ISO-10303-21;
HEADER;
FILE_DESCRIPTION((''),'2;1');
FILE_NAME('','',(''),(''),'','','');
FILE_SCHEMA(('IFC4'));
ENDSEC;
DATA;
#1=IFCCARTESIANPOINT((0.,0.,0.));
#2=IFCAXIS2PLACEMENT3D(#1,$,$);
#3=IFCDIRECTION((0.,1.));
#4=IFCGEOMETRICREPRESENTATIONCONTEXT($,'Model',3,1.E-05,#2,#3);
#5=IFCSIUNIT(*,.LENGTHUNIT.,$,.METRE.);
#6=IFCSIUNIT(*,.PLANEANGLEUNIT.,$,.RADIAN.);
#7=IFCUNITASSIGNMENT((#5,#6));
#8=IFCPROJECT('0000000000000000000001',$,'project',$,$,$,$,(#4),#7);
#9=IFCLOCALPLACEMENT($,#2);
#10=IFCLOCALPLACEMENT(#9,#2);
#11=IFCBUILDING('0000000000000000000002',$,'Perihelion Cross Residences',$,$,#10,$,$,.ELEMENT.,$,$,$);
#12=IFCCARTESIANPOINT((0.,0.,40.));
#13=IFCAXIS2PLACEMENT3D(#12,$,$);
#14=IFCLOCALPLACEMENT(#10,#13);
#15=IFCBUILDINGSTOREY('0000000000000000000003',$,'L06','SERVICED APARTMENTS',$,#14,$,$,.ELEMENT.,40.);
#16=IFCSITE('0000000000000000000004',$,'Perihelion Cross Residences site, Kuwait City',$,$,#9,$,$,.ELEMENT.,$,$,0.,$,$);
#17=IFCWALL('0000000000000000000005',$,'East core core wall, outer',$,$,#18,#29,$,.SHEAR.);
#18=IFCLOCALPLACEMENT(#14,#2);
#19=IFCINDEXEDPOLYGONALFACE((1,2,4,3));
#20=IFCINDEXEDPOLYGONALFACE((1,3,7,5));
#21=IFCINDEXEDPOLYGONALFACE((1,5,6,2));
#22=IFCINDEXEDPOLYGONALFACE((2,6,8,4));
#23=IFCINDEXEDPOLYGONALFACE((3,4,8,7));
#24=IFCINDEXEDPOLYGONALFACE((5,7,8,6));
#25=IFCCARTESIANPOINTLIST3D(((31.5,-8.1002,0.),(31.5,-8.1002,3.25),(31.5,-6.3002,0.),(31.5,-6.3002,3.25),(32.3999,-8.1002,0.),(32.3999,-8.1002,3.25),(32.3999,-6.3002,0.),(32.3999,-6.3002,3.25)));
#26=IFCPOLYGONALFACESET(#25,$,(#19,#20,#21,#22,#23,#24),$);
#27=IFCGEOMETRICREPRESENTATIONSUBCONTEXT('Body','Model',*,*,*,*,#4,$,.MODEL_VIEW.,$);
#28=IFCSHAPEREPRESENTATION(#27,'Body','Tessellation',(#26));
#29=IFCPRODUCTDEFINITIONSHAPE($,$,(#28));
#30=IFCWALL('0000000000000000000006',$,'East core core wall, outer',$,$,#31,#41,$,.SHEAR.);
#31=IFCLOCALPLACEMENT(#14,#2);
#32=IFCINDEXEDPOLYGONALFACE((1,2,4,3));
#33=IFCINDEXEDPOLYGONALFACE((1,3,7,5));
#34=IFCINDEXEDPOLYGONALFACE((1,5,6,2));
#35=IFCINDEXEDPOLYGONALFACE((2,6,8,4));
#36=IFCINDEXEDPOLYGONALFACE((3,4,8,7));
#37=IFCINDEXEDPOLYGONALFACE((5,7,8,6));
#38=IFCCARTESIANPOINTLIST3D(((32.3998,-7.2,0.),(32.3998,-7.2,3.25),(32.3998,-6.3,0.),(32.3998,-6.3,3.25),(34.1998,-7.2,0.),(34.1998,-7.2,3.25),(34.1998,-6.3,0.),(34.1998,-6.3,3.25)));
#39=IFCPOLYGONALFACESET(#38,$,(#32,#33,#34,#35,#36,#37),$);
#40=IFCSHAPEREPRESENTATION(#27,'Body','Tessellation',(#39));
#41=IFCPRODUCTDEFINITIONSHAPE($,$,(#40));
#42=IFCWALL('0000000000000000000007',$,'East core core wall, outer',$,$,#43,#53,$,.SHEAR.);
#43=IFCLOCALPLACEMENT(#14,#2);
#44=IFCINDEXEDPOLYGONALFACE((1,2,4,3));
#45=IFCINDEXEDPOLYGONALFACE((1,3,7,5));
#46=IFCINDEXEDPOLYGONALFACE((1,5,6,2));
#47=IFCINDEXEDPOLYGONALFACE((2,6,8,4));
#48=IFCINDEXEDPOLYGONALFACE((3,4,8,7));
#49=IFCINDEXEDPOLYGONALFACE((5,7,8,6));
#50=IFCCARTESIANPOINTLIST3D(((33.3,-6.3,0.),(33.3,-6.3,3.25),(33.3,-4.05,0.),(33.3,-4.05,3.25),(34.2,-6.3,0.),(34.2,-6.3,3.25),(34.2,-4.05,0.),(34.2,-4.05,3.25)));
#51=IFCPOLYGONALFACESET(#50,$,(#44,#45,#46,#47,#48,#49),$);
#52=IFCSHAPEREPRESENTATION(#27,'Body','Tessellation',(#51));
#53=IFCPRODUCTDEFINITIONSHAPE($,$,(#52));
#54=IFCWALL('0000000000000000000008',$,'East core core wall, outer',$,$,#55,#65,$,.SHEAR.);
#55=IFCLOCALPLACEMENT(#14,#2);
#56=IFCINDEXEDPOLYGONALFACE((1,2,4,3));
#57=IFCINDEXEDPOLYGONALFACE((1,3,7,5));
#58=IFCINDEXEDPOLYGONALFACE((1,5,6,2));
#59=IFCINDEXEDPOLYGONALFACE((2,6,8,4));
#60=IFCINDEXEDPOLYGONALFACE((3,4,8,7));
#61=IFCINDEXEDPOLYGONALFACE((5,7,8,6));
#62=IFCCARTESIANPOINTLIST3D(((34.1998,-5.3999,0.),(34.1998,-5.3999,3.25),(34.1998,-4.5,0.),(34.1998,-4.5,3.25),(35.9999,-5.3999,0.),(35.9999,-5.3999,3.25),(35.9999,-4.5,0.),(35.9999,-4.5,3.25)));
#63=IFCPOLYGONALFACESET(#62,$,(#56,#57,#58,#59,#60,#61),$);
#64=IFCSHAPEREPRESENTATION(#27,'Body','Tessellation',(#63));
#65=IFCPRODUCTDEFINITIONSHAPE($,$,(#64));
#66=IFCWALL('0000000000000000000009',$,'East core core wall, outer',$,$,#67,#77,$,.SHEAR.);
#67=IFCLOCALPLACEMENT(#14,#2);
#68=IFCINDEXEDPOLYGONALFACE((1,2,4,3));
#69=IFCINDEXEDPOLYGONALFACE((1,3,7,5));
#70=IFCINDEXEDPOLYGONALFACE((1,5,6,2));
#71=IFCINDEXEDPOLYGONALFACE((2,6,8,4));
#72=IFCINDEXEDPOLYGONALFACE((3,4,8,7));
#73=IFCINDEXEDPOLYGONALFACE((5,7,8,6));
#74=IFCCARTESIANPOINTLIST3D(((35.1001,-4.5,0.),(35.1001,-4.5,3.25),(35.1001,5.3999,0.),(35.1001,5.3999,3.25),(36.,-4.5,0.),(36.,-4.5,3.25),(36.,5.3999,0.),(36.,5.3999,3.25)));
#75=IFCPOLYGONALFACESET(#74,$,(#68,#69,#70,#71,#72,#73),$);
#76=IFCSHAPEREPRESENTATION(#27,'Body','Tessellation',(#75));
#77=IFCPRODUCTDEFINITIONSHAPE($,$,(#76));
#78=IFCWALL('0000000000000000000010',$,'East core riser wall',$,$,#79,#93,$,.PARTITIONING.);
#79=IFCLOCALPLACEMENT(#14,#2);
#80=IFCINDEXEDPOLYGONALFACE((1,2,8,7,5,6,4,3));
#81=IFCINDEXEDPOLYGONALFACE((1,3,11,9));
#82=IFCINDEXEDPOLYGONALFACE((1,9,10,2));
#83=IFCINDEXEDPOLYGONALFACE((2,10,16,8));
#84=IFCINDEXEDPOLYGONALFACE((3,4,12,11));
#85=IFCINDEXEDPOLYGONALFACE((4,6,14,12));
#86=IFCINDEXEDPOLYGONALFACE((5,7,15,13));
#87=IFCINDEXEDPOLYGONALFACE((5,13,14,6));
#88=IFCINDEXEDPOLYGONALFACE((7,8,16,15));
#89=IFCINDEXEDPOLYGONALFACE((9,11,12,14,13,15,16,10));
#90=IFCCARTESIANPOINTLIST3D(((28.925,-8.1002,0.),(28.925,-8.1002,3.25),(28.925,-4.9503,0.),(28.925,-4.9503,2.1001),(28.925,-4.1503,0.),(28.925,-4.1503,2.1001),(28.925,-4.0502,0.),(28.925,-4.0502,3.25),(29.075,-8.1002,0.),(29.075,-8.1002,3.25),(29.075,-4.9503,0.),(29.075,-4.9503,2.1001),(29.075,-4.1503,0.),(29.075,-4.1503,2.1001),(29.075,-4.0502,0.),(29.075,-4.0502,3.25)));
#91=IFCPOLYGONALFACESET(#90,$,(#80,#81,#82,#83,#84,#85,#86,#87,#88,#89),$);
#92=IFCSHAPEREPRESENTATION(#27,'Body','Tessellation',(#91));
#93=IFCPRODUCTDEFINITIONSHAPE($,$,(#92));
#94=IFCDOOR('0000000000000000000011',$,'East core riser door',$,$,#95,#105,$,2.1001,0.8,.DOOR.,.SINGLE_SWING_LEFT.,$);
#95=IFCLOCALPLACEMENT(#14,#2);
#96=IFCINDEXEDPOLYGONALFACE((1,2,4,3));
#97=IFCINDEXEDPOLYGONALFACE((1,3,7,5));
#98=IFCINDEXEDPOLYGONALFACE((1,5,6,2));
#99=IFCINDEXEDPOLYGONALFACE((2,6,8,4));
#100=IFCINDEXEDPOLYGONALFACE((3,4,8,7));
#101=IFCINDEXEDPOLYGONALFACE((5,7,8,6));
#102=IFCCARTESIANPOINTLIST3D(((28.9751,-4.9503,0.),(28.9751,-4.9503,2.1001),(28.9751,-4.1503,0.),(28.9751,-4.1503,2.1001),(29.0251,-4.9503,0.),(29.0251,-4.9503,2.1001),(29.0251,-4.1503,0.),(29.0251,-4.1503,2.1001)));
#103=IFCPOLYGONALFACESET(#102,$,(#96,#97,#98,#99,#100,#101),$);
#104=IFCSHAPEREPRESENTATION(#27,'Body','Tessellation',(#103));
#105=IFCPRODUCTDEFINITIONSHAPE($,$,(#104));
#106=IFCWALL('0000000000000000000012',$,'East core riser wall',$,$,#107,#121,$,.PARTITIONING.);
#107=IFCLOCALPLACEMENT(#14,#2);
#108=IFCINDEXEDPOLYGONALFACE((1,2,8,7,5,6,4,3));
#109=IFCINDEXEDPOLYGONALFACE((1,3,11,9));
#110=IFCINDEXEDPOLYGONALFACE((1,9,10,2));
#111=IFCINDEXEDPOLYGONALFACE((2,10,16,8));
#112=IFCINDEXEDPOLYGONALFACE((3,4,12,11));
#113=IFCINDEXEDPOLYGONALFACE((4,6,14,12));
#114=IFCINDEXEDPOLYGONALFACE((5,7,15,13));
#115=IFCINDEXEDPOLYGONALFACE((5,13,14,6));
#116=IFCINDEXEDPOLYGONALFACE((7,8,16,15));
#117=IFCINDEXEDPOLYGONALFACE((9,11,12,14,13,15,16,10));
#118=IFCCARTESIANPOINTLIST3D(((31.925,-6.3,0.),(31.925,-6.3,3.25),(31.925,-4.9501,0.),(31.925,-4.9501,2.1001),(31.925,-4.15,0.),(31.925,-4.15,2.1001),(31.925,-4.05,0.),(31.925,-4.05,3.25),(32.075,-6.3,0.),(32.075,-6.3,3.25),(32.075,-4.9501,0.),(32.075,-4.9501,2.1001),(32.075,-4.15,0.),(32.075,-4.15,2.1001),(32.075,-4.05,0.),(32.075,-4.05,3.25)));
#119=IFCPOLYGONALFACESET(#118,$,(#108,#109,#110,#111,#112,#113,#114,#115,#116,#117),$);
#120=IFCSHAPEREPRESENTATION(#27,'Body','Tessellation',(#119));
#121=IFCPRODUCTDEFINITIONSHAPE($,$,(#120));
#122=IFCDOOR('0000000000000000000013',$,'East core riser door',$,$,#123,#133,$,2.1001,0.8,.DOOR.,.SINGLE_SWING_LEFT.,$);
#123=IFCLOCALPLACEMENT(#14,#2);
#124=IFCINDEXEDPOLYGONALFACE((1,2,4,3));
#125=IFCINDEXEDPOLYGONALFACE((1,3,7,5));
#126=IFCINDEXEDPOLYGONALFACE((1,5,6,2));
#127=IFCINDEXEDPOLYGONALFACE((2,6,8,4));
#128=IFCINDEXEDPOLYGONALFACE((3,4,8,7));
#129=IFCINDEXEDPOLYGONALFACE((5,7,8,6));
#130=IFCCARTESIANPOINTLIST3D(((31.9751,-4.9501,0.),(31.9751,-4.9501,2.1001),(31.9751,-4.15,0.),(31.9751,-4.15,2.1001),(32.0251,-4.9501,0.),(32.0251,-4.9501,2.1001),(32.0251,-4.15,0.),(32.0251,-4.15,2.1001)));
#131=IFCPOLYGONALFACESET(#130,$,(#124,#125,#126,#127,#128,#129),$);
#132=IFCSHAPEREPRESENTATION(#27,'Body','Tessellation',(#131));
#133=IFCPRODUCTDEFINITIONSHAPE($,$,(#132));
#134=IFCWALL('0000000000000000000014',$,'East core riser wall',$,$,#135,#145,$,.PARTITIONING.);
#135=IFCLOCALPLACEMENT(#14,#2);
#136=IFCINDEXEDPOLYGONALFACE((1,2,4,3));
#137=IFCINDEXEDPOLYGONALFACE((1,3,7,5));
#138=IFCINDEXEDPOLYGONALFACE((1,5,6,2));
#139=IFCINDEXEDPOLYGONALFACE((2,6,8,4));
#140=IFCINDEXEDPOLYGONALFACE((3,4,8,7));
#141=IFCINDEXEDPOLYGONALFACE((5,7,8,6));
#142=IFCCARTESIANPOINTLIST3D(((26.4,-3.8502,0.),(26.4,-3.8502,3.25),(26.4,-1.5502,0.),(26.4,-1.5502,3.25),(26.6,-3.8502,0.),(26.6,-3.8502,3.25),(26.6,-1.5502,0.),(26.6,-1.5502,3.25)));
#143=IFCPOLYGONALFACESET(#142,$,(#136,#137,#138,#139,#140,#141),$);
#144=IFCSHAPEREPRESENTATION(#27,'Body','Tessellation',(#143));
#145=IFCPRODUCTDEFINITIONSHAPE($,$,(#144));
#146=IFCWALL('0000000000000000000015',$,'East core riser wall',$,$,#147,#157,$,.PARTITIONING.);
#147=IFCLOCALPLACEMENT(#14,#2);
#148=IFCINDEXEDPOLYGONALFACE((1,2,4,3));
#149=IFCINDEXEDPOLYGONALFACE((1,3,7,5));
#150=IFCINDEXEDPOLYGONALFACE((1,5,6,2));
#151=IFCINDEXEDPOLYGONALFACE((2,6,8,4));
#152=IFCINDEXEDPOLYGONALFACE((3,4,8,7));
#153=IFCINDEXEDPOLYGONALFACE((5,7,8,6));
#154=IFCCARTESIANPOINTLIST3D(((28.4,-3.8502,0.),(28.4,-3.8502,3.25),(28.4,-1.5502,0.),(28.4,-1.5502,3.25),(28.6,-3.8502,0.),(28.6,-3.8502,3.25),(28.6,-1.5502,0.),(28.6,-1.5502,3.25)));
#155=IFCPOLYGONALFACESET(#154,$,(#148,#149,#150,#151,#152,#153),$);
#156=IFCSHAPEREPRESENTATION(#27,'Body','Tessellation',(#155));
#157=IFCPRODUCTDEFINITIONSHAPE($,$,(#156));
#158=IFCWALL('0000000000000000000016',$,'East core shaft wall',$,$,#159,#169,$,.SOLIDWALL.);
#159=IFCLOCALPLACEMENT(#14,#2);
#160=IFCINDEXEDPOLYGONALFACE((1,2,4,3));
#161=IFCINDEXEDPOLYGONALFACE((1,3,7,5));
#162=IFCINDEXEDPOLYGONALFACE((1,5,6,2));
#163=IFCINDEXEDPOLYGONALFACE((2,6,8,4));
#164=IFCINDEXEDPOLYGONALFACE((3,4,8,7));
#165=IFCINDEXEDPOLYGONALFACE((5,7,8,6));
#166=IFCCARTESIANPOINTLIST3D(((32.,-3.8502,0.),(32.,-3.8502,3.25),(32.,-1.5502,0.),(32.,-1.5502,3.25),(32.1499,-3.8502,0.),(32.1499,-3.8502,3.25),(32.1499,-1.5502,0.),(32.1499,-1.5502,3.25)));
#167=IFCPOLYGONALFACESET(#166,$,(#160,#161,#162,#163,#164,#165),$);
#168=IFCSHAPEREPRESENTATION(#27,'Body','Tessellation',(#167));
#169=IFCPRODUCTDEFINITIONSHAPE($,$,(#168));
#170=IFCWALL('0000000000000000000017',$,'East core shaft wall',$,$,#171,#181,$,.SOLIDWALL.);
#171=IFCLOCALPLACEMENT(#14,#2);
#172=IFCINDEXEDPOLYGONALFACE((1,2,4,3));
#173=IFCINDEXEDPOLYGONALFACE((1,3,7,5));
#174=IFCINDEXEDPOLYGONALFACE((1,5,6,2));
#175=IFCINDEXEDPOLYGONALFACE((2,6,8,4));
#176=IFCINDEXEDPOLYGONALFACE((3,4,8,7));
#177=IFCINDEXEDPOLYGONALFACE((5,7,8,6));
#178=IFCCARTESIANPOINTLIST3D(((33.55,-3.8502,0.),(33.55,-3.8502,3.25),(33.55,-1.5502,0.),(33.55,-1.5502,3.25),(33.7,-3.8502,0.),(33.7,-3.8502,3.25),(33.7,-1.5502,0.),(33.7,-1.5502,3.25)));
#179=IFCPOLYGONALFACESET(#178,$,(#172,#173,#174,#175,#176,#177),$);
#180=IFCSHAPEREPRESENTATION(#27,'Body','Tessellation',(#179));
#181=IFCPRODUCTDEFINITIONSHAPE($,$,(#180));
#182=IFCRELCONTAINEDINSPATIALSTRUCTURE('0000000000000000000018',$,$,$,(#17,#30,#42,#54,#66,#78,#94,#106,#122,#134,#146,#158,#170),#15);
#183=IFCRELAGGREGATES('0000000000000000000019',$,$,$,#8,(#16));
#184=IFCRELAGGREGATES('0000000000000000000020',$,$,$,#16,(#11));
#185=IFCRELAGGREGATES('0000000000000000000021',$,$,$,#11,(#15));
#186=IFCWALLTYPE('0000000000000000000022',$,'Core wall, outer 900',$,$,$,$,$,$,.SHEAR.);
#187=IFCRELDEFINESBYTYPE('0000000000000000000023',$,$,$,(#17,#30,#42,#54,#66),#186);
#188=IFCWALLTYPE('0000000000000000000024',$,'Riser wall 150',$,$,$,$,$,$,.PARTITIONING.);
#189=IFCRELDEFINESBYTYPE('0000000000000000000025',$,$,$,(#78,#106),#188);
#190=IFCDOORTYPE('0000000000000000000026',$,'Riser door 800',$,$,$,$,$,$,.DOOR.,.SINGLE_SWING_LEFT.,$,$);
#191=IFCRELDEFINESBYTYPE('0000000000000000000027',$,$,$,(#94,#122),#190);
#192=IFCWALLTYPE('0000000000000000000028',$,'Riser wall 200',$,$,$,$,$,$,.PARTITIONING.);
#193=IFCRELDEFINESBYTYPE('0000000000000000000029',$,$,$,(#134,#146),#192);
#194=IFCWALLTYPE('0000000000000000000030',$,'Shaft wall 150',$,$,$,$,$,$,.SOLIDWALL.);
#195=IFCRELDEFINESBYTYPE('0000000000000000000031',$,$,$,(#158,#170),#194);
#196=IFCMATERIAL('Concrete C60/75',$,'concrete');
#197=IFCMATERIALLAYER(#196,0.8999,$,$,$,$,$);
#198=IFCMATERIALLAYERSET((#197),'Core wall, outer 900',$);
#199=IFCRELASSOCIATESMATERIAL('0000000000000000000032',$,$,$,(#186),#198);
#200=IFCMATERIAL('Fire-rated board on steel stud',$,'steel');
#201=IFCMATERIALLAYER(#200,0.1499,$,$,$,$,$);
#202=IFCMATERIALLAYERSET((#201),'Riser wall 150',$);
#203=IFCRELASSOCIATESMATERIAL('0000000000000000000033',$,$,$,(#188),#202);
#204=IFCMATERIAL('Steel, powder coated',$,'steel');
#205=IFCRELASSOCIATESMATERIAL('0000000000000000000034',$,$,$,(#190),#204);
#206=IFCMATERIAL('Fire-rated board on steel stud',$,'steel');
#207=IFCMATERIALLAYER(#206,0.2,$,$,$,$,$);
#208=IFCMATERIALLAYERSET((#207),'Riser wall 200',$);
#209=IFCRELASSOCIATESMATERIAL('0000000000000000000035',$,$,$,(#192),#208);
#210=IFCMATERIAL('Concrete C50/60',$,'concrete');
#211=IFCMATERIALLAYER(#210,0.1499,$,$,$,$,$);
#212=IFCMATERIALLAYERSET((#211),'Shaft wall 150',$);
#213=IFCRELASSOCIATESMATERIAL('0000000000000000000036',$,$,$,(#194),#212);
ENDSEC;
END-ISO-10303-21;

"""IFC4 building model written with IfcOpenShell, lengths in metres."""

from ifc_helpers import new_model, si_unit, direction, frame, frame_2d, origin, place, context, subcontext, project, spatial, rectangle, extrude, material, layer, layer_set, type_object, element, fill, save


model = new_model("IFC4")

# Units and contexts
model_context = context("Model", 3, precision=1e-05, world=origin(), true_north=direction((0.0, 1.0)))
body_context = subcontext(model_context, "Body", "Model", "MODEL_VIEW")
ifc_project = project(units=[si_unit("LENGTHUNIT", "METRE"), si_unit("PLANEANGLEUNIT", "RADIAN")], contexts=[model_context])

# Site, building, storey
site_placement = place(None, origin())
site = spatial("IfcSite", under=ifc_project, at=site_placement, Name="Perihelion Cross Residences site, Kuwait City", CompositionType="ELEMENT", RefElevation=0.0)
building_placement = place(site_placement, origin())
building = spatial("IfcBuilding", under=site, at=building_placement, Name="Perihelion Cross Residences", CompositionType="ELEMENT")
storey_placement = place(building_placement, frame((0.0, 0.0, 40.0)))
storey = spatial("IfcBuildingStorey", under=building, at=storey_placement, Name="L06", Description="SERVICED APARTMENTS", CompositionType="ELEMENT", Elevation=40.0)

# Walls
ifc_material_1 = material(Name="Concrete C60/75", Category="concrete")
ifc_layer_1 = layer(ifc_material_1, 0.8999)
ifc_layer_set_1 = layer_set([ifc_layer_1], Name="Core wall, outer 900")
wall_type_1 = type_object("IfcWallType", Name="Core wall, outer 900", PredefinedType="SHEAR", material=ifc_layer_set_1)
for number, where, z_axis, x_axis, name in (
    (1, (31.95, -8.1001, 0.0), (0.0, 0.0, 1.0), (0.0, 1.0, 0.0), "East core core wall, outer"),
    (2, (32.3999, -6.75, 0.0), (0.0, 0.0, 1.0), (1.0, 0.0, 0.0), "East core core wall, outer"),
):
    element("IfcWall", number, at=place(storey_placement, frame(where, z_axis=z_axis, x_axis=x_axis)), inside=storey, type_object=wall_type_1, Name=name, PredefinedType="SHEAR", context=body_context, shape_type="SweptSolid", body=[
        extrude(rectangle(XDim=1.8, YDim=0.8999, at=frame_2d((0.8999, 0.0))), origin(), (0.0, 0.0, 1.0), 3.25),
    ])
wall_1_placement = place(storey_placement, frame((33.75, -6.3, 0.0), z_axis=(0.0, 0.0, 1.0), x_axis=(0.0, 1.0, 0.0)))
element("IfcWall", 3, at=wall_1_placement, inside=storey, type_object=wall_type_1, Name="East core core wall, outer", PredefinedType="SHEAR", context=body_context, shape_type="SweptSolid", body=[
    extrude(rectangle(XDim=2.25, YDim=0.8999, at=frame_2d((1.125, 0.0))), origin(), (0.0, 0.0, 1.0), 3.25),
])
wall_2_placement = place(storey_placement, frame((34.2, -4.95, 0.0), z_axis=(0.0, 0.0, 1.0), x_axis=(1.0, 0.0, 0.0)))
element("IfcWall", 4, at=wall_2_placement, inside=storey, type_object=wall_type_1, Name="East core core wall, outer", PredefinedType="SHEAR", context=body_context, shape_type="SweptSolid", body=[
    extrude(rectangle(XDim=1.8, YDim=0.8999, at=frame_2d((0.8999, 0.0))), origin(), (0.0, 0.0, 1.0), 3.25),
])
wall_3_placement = place(storey_placement, frame((35.55, -4.5, 0.0), z_axis=(0.0, 0.0, 1.0), x_axis=(0.0, 1.0, 0.0)))
element("IfcWall", 5, at=wall_3_placement, inside=storey, type_object=wall_type_1, Name="East core core wall, outer", PredefinedType="SHEAR", context=body_context, shape_type="SweptSolid", body=[
    extrude(rectangle(XDim=9.8999, YDim=0.8999, at=frame_2d((4.95, 0.0))), origin(), (0.0, 0.0, 1.0), 3.25),
])

# Walls, openings, doors
ifc_material_2 = material(Name="Fire-rated board on steel stud", Category="steel")
ifc_layer_2 = layer(ifc_material_2, 0.1499)
ifc_layer_set_2 = layer_set([ifc_layer_2], Name="Riser wall 150")
wall_type_2 = type_object("IfcWallType", Name="Riser wall 150", PredefinedType="PARTITIONING", material=ifc_layer_set_2)
wall_4_placement = place(storey_placement, frame((29.0, -8.1001, 0.0), z_axis=(0.0, 0.0, 1.0), x_axis=(0.0, 1.0, 0.0)))
wall_4 = element("IfcWall", 6, at=wall_4_placement, inside=storey, type_object=wall_type_2, Name="East core riser wall", PredefinedType="PARTITIONING", context=body_context, shape_type="SweptSolid", body=[
    extrude(rectangle(XDim=4.05, YDim=0.1499, at=frame_2d((2.0249, 0.0))), origin(), (0.0, 0.0, 1.0), 3.25),
])
opening_1_placement = place(wall_4_placement, frame((3.1499, 0.0, 0.0)))
opening_1 = element("IfcOpeningElement", 7, at=opening_1_placement, cuts=wall_4, PredefinedType="OPENING", context=body_context, shape_type="SweptSolid", body=[
    extrude(rectangle(XDim=0.8, YDim=2.1001, at=frame_2d((0.3999, 1.05))), frame((0.0, 0.085, 0.0), z_axis=(0.0, -1.0, 0.0), x_axis=(1.0, 0.0, 0.0)), (0.0, 0.0, 1.0), 0.1699),
])
ifc_material_3 = material(Name="Steel, powder coated", Category="steel")
door_type_1 = type_object("IfcDoorType", Name="Riser door 800", OperationType="SINGLE_SWING_LEFT", PredefinedType="DOOR", material=ifc_material_3)
door_1_placement = place(opening_1_placement, origin())
door_1 = element("IfcDoor", 8, at=door_1_placement, inside=storey, type_object=door_type_1, Name="East core riser door", OperationType="SINGLE_SWING_LEFT", OverallHeight=2.1001, OverallWidth=0.8, PredefinedType="DOOR", context=body_context, shape_type="SweptSolid", body=[
    extrude(rectangle(XDim=0.8, YDim=2.1001, at=frame_2d((0.3999, 1.05))), frame((0.0, 0.0249, 0.0), z_axis=(0.0, -1.0, 0.0), x_axis=(1.0, 0.0, 0.0)), (0.0, 0.0, 1.0), 0.05),
])
fill(opening_1, door_1)
wall_5_placement = place(storey_placement, frame((32.0, -6.3, 0.0), z_axis=(0.0, 0.0, 1.0), x_axis=(0.0, 1.0, 0.0)))
wall_5 = element("IfcWall", 9, at=wall_5_placement, inside=storey, type_object=wall_type_2, Name="East core riser wall", PredefinedType="PARTITIONING", context=body_context, shape_type="SweptSolid", body=[
    extrude(rectangle(XDim=2.25, YDim=0.1499, at=frame_2d((1.125, 0.0))), origin(), (0.0, 0.0, 1.0), 3.25),
])
opening_2_placement = place(wall_5_placement, frame((1.3501, 0.0, 0.0)))
opening_2 = element("IfcOpeningElement", 10, at=opening_2_placement, cuts=wall_5, PredefinedType="OPENING", context=body_context, shape_type="SweptSolid", body=[
    extrude(rectangle(XDim=0.8, YDim=2.1001, at=frame_2d((0.3999, 1.05))), frame((0.0, 0.085, 0.0), z_axis=(0.0, -1.0, 0.0), x_axis=(1.0, 0.0, 0.0)), (0.0, 0.0, 1.0), 0.1699),
])
door_2_placement = place(opening_2_placement, origin())
door_2 = element("IfcDoor", 11, at=door_2_placement, inside=storey, type_object=door_type_1, Name="East core riser door", OperationType="SINGLE_SWING_LEFT", OverallHeight=2.1001, OverallWidth=0.8, PredefinedType="DOOR", context=body_context, shape_type="SweptSolid", body=[
    extrude(rectangle(XDim=0.8, YDim=2.1001, at=frame_2d((0.3999, 1.05))), frame((0.0, 0.0249, 0.0), z_axis=(0.0, -1.0, 0.0), x_axis=(1.0, 0.0, 0.0)), (0.0, 0.0, 1.0), 0.05),
])
fill(opening_2, door_2)

# Walls
ifc_material_4 = material(Name="Fire-rated board on steel stud", Category="steel")
ifc_layer_3 = layer(ifc_material_4, 0.2)
ifc_layer_set_3 = layer_set([ifc_layer_3], Name="Riser wall 200")
wall_type_3 = type_object("IfcWallType", Name="Riser wall 200", PredefinedType="PARTITIONING", material=ifc_layer_set_3)
for number, where, z_axis, x_axis, name in (
    (12, (26.5, -3.8501, 0.0), (0.0, 0.0, 1.0), (0.0, 1.0, 0.0), "East core riser wall"),
    (13, (28.5, -3.8501, 0.0), (0.0, 0.0, 1.0), (0.0, 1.0, 0.0), "East core riser wall"),
):
    element("IfcWall", number, at=place(storey_placement, frame(where, z_axis=z_axis, x_axis=x_axis)), inside=storey, type_object=wall_type_3, Name=name, PredefinedType="PARTITIONING", context=body_context, shape_type="SweptSolid", body=[
        extrude(rectangle(XDim=2.3, YDim=0.2, at=frame_2d((1.1499, 0.0))), origin(), (0.0, 0.0, 1.0), 3.25),
    ])
ifc_material_5 = material(Name="Concrete C50/60", Category="concrete")
ifc_layer_4 = layer(ifc_material_5, 0.1499)
ifc_layer_set_4 = layer_set([ifc_layer_4], Name="Shaft wall 150")
wall_type_4 = type_object("IfcWallType", Name="Shaft wall 150", PredefinedType="SOLIDWALL", material=ifc_layer_set_4)
for number, where, z_axis, x_axis, name in (
    (14, (32.075, -3.8501, 0.0), (0.0, 0.0, 1.0), (0.0, 1.0, 0.0), "East core shaft wall"),
    (15, (33.625, -3.8501, 0.0), (0.0, 0.0, 1.0), (0.0, 1.0, 0.0), "East core shaft wall"),
):
    element("IfcWall", number, at=place(storey_placement, frame(where, z_axis=z_axis, x_axis=x_axis)), inside=storey, type_object=wall_type_4, Name=name, PredefinedType="SOLIDWALL", context=body_context, shape_type="SweptSolid", body=[
        extrude(rectangle(XDim=2.3, YDim=0.1499, at=frame_2d((1.1499, 0.0))), origin(), (0.0, 0.0, 1.0), 3.25),
    ])

save(model, "model.ifc")
